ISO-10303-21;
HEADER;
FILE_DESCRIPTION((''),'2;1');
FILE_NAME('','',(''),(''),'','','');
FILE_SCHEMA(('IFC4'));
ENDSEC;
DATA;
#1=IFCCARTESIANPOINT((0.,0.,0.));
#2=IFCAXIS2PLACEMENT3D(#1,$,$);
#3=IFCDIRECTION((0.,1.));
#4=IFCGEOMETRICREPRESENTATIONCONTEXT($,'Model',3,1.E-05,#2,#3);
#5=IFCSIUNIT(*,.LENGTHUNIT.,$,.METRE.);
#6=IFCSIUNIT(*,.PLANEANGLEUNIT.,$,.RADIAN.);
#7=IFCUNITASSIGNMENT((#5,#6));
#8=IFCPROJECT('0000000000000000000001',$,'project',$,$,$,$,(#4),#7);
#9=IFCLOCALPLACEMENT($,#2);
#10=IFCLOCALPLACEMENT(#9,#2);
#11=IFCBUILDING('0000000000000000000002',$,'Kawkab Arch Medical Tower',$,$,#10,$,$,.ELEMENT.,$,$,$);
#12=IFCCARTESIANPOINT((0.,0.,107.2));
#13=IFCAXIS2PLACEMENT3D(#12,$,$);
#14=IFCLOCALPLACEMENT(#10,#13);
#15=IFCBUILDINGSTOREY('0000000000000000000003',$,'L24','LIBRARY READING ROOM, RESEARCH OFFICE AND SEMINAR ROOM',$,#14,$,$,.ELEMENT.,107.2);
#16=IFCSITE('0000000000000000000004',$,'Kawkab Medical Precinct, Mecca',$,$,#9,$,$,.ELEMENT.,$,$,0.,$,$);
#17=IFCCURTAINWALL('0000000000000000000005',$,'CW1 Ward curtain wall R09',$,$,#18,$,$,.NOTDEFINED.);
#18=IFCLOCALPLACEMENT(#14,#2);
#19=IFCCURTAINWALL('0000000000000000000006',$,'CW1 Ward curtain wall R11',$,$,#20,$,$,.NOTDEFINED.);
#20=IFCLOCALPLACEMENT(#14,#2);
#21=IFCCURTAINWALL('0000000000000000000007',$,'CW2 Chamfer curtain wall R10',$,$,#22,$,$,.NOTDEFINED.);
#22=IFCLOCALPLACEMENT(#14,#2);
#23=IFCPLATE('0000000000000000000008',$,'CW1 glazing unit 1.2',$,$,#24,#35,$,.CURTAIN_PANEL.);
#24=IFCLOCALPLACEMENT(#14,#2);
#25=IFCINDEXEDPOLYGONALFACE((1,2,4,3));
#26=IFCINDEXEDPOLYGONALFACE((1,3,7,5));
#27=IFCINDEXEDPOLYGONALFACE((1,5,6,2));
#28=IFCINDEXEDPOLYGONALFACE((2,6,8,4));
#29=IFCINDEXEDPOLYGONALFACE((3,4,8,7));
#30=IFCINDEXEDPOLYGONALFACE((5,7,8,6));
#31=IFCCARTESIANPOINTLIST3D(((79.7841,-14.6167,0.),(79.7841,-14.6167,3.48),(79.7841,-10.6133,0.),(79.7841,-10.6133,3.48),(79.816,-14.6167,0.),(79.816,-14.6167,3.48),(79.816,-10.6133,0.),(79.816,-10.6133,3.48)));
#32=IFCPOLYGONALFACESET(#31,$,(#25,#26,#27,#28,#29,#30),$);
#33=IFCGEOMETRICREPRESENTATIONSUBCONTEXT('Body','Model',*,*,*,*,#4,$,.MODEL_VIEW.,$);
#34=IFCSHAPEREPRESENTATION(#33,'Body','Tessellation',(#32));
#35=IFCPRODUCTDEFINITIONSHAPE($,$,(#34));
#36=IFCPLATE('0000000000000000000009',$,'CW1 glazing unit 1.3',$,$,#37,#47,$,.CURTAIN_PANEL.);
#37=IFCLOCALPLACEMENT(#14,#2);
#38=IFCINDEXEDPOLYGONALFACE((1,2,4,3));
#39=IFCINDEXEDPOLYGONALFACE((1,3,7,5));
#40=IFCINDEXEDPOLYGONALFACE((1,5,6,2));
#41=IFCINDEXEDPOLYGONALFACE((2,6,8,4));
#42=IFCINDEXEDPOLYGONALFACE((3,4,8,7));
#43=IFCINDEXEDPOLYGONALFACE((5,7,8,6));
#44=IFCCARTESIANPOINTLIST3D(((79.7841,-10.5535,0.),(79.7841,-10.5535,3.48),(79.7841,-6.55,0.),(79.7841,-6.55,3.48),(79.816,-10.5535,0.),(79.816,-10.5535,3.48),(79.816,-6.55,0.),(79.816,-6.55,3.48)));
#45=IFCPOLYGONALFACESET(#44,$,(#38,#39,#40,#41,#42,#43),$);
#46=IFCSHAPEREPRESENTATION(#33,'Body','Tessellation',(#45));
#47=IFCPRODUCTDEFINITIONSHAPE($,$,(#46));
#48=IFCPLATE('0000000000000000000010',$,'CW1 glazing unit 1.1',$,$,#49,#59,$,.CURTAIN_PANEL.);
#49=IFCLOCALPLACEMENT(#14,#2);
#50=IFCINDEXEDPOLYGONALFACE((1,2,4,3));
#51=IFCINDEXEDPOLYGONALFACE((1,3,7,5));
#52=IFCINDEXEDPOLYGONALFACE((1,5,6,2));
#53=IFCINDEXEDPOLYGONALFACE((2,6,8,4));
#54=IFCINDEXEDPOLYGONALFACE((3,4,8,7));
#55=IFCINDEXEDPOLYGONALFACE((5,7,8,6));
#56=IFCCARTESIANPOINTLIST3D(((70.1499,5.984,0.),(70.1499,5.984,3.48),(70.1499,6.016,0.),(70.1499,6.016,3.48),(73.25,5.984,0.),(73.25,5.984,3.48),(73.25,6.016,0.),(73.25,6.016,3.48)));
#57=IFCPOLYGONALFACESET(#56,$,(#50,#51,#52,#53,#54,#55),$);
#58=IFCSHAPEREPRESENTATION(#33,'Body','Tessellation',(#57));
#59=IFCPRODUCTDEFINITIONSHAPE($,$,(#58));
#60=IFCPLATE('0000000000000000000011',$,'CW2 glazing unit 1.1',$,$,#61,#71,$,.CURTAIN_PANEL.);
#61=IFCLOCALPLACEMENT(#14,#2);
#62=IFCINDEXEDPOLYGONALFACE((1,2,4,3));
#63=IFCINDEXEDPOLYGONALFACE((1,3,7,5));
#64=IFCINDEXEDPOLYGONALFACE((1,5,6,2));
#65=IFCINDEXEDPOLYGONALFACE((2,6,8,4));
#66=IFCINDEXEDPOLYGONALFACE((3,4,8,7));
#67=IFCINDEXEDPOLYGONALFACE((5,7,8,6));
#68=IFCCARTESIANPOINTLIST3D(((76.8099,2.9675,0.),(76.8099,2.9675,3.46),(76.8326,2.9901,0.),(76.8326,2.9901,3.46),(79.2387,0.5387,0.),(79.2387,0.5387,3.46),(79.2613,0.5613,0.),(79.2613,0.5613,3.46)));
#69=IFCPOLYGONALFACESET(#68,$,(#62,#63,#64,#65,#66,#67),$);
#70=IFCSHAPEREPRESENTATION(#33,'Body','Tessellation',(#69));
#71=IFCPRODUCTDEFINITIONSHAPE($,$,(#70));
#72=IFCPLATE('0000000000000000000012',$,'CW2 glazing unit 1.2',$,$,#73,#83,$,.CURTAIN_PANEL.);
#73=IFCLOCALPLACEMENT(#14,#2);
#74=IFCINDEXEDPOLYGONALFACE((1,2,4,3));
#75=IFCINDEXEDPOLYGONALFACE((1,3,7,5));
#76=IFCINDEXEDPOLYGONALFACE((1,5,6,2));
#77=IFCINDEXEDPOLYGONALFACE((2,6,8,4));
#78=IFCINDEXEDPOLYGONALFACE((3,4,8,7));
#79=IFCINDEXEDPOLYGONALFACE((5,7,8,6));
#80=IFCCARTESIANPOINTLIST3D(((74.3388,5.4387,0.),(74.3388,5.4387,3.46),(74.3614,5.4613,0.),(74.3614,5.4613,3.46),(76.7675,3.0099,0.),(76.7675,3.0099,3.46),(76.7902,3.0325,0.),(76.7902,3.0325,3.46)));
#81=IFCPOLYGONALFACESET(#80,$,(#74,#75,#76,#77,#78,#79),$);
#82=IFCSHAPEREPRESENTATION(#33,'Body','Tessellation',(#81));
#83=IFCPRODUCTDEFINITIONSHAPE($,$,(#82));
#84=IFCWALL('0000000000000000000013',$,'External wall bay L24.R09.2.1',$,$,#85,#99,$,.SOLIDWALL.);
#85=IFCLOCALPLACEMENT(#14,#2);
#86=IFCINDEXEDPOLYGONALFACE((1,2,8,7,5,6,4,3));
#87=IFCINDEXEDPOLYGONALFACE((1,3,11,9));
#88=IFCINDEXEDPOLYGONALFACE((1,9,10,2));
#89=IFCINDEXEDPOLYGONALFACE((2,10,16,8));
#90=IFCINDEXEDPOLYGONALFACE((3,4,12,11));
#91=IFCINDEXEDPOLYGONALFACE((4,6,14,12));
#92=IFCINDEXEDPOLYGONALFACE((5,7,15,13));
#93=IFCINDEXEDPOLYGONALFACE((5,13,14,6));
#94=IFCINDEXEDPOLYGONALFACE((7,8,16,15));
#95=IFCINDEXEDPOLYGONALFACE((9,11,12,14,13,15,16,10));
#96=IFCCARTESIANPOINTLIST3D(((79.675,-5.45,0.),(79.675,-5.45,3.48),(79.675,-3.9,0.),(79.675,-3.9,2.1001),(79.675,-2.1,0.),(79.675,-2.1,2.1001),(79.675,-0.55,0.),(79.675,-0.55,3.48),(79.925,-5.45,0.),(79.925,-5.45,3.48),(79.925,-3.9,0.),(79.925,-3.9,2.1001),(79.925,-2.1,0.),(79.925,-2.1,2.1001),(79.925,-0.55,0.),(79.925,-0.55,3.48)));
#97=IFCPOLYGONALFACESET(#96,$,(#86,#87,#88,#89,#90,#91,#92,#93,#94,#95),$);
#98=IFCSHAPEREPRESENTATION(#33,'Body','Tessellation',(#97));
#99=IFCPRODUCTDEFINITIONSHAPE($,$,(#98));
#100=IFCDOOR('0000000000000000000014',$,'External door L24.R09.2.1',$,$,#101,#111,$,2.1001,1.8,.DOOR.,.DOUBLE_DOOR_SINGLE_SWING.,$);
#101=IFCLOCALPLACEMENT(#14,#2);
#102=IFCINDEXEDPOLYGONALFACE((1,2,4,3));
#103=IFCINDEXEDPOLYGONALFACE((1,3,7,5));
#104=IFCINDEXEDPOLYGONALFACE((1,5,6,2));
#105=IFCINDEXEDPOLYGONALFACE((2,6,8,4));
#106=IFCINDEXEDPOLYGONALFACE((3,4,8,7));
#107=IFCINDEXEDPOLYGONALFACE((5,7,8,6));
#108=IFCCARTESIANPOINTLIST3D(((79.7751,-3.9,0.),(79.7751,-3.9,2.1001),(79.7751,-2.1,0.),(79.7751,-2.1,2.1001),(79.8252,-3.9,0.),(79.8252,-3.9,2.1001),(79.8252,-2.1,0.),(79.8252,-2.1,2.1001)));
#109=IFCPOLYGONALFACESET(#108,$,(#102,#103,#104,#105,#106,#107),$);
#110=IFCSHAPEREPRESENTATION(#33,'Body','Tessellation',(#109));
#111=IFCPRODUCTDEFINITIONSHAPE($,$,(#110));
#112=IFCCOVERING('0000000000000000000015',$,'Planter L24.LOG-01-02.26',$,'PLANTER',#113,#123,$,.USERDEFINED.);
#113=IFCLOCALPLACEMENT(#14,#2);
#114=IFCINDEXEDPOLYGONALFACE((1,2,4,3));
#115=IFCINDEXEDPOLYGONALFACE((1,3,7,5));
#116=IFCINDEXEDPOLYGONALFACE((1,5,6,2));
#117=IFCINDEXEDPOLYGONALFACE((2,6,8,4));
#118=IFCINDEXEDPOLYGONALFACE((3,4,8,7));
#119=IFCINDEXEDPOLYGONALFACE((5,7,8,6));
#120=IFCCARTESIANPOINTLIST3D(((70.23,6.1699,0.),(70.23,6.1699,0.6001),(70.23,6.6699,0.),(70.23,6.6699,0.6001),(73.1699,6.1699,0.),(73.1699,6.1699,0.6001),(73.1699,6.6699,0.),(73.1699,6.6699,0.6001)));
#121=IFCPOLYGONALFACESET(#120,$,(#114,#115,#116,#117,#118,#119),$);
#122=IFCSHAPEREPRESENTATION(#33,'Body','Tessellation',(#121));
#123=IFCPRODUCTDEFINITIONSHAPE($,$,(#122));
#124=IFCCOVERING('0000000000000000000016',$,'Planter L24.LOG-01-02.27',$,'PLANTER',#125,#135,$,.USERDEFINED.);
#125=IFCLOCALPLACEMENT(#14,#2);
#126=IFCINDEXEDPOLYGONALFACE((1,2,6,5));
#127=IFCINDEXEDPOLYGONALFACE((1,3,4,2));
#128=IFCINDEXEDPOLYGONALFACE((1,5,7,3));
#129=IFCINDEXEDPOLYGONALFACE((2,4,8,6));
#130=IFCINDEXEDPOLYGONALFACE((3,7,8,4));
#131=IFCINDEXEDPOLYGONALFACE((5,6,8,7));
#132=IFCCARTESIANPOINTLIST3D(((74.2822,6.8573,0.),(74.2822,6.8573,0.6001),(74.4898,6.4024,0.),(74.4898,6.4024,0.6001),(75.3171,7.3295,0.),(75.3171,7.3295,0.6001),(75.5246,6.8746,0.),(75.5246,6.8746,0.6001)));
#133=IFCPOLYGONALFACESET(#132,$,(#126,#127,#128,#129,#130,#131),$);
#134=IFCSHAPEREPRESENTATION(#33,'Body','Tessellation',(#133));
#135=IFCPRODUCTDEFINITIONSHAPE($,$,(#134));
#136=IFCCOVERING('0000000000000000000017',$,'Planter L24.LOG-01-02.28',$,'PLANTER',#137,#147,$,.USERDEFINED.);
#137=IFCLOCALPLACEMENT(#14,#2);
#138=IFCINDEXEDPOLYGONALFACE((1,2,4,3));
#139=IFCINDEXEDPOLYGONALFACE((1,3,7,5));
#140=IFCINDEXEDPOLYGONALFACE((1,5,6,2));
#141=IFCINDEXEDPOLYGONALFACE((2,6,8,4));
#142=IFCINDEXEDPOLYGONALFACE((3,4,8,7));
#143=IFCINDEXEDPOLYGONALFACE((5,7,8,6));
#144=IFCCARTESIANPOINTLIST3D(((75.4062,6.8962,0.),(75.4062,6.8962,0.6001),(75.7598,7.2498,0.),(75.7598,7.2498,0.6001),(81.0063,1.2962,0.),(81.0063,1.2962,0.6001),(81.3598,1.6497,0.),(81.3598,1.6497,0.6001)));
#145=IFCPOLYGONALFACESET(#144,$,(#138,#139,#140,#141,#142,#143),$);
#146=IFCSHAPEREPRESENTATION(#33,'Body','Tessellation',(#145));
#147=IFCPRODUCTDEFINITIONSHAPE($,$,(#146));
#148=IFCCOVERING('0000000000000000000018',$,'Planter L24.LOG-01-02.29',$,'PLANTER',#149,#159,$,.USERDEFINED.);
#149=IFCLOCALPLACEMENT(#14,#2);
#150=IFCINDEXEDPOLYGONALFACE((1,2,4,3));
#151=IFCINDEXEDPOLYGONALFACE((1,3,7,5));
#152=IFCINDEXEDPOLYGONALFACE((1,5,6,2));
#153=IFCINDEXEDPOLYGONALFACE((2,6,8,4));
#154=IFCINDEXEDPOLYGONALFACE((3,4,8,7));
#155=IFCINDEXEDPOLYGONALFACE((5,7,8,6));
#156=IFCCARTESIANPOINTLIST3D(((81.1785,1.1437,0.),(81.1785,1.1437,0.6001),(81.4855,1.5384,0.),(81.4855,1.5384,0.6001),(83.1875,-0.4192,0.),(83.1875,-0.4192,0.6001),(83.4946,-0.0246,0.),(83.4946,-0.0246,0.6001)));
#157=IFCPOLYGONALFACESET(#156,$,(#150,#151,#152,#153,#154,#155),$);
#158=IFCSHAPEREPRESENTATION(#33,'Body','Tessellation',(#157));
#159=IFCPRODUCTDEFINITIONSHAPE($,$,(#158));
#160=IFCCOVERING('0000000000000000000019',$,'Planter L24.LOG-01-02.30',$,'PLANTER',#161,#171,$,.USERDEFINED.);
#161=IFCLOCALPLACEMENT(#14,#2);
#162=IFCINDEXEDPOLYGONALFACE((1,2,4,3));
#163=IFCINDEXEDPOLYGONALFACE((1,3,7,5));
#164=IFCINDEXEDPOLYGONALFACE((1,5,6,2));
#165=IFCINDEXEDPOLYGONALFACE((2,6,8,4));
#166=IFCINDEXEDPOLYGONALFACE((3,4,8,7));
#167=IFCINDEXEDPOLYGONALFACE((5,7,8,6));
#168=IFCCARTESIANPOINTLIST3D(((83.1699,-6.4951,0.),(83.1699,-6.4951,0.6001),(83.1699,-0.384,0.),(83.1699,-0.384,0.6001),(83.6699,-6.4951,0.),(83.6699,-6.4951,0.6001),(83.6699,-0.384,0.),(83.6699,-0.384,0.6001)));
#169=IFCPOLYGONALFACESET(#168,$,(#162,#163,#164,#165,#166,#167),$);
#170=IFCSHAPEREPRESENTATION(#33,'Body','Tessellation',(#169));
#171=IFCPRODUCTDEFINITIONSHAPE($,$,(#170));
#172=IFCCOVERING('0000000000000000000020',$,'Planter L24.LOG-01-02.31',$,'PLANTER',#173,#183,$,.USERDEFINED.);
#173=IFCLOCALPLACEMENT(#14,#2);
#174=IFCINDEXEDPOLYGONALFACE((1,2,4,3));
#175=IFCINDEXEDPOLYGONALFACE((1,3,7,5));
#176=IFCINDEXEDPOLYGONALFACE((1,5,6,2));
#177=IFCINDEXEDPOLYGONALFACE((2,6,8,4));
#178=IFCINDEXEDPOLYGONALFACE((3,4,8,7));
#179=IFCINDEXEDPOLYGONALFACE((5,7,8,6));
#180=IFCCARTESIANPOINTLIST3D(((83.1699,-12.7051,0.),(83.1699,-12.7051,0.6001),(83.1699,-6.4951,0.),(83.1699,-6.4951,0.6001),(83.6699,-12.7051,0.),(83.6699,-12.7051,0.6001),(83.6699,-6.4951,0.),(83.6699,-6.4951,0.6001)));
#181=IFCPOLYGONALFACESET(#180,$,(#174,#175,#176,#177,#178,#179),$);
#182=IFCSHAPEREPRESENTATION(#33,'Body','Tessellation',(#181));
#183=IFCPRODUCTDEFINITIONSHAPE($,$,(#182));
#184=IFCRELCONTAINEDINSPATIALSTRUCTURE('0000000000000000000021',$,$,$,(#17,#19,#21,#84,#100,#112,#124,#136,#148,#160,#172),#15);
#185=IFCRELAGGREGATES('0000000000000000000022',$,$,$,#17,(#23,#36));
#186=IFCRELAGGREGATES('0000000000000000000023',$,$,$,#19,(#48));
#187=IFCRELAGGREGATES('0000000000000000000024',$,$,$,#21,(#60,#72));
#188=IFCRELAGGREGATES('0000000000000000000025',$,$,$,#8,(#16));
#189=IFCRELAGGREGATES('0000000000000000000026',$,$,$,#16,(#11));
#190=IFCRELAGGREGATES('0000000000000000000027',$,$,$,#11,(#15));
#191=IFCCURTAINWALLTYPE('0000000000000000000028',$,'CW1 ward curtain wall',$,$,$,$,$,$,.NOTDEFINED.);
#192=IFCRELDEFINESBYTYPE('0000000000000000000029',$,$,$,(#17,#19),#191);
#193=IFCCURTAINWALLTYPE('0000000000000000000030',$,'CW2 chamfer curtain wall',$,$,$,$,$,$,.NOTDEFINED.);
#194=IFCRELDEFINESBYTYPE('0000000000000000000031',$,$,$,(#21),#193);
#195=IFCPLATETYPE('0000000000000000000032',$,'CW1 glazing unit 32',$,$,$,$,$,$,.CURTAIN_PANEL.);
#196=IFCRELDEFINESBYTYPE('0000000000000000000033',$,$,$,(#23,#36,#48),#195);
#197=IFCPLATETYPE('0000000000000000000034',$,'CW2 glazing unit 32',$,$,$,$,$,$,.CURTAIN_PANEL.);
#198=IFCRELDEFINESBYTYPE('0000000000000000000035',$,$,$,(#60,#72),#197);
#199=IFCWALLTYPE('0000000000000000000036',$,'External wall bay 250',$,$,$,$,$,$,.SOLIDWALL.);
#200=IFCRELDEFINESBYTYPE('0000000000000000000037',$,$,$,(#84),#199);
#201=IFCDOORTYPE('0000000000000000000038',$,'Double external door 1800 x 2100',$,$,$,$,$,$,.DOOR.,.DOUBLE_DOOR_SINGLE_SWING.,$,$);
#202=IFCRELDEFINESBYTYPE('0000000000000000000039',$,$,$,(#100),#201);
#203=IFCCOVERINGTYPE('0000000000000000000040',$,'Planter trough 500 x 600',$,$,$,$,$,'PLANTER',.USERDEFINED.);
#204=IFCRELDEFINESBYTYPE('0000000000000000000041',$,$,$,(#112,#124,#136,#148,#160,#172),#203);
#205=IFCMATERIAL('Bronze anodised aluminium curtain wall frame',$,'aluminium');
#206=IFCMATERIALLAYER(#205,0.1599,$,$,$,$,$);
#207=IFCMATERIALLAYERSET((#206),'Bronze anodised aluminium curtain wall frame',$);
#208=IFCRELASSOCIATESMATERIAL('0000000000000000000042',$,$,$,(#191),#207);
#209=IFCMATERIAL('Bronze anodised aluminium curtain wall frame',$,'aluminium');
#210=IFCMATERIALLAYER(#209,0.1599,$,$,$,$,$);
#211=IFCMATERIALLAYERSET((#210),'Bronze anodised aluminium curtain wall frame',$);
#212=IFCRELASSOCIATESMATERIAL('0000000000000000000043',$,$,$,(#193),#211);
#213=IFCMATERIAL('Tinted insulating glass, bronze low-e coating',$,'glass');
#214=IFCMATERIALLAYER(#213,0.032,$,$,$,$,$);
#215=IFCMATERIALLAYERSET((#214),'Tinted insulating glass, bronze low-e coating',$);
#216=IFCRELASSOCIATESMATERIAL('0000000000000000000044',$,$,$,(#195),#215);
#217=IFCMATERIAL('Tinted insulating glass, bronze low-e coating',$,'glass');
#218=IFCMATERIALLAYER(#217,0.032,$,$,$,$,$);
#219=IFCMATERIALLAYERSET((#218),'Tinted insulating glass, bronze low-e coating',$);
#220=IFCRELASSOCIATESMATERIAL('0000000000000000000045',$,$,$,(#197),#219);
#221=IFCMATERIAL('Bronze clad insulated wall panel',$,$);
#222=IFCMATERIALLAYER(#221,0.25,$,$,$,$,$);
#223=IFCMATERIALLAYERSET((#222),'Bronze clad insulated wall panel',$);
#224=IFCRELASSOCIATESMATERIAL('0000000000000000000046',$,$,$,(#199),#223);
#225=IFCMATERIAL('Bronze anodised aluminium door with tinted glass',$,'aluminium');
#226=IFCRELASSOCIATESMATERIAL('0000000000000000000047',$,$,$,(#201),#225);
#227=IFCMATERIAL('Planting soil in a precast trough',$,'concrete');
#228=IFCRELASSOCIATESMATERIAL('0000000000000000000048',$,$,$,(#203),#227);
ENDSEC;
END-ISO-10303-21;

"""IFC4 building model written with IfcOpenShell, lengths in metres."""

from ifc_helpers import new_model, si_unit, direction, frame, frame_2d, origin, origin_2d, place, context, subcontext, project, spatial, rectangle, extrude, material, layer, layer_set, material_profile, profile_set, type_object, element, fill, aggregate, save


model = new_model("IFC4")

# Units and contexts
model_context = context("Model", 3, precision=1e-05, world=origin(), true_north=direction((0.0, 1.0)))
body_context = subcontext(model_context, "Body", "Model", "MODEL_VIEW")
ifc_project = project(units=[si_unit("LENGTHUNIT", "METRE"), si_unit("PLANEANGLEUNIT", "RADIAN")], contexts=[model_context])

# Site, building, storey
site_placement = place(None, origin())
site = spatial("IfcSite", under=ifc_project, at=site_placement, Name="Kawkab Medical Precinct, Mecca", CompositionType="ELEMENT", RefElevation=0.0)
building_placement = place(site_placement, origin())
building = spatial("IfcBuilding", under=site, at=building_placement, Name="Kawkab Arch Medical Tower", CompositionType="ELEMENT")
storey_placement = place(building_placement, frame((0.0, 0.0, 107.2)))
storey = spatial("IfcBuildingStorey", under=building, at=storey_placement, Name="L24", Description="LIBRARY READING ROOM, RESEARCH OFFICE AND SEMINAR ROOM", CompositionType="ELEMENT", Elevation=107.2)

# Curtain wall
ifc_material_1 = material(Name="Bronze anodised aluminium curtain wall frame", Category="aluminium")
ifc_layer_1 = layer(ifc_material_1, 0.1599)
ifc_layer_set_1 = layer_set([ifc_layer_1], Name="Bronze anodised aluminium curtain wall frame")
curtain_wall_type_1 = type_object("IfcCurtainWallType", Name="CW1 ward curtain wall", PredefinedType="NOTDEFINED", material=ifc_layer_set_1)
placement = place(storey_placement, origin())
curtain_wall_1 = element("IfcCurtainWall", 1, at=placement, inside=storey, type_object=curtain_wall_type_1, Name="CW1 Ward curtain wall R09", PredefinedType="NOTDEFINED")

# Curtain walls
curtain_wall_2 = element("IfcCurtainWall", 2, at=placement, inside=storey, type_object=curtain_wall_type_1, Name="CW1 Ward curtain wall R11", PredefinedType="NOTDEFINED")
ifc_material_2 = material(Name="Bronze anodised aluminium curtain wall frame", Category="aluminium")
ifc_layer_2 = layer(ifc_material_2, 0.1599)
ifc_layer_set_2 = layer_set([ifc_layer_2], Name="Bronze anodised aluminium curtain wall frame")
curtain_wall_type_2 = type_object("IfcCurtainWallType", Name="CW2 chamfer curtain wall", PredefinedType="NOTDEFINED", material=ifc_layer_set_2)
curtain_wall_3 = element("IfcCurtainWall", 3, at=placement, inside=storey, type_object=curtain_wall_type_2, Name="CW2 Chamfer curtain wall R10", PredefinedType="NOTDEFINED")

# Plates
ifc_material_3 = material(Name="Tinted insulating glass, bronze low-e coating", Category="glass")
ifc_layer_3 = layer(ifc_material_3, 0.032)
ifc_layer_set_3 = layer_set([ifc_layer_3], Name="Tinted insulating glass, bronze low-e coating")
plate_type_1 = type_object("IfcPlateType", Name="CW1 glazing unit 32", PredefinedType="CURTAIN_PANEL", material=ifc_layer_set_3)
plate_1_placement = place(storey_placement, frame((79.8, -12.615, 0.0), z_axis=(0.0, 0.0, 1.0), x_axis=(0.0, 1.0, 0.0)))
plate_1 = element("IfcPlate", 4, at=plate_1_placement, type_object=plate_type_1, Name="CW1 glazing unit 1.2", PredefinedType="CURTAIN_PANEL", context=body_context, shape_type="SweptSolid", body=[
    extrude(rectangle(XDim=4.0034, YDim=0.032, at=origin_2d()), origin(), (0.0, 0.0, 1.0), 3.48),
])
plate_2_placement = place(storey_placement, frame((79.8, -8.5518, 0.0), z_axis=(0.0, 0.0, 1.0), x_axis=(0.0, 1.0, 0.0)))
plate_2 = element("IfcPlate", 5, at=plate_2_placement, type_object=plate_type_1, Name="CW1 glazing unit 1.3", PredefinedType="CURTAIN_PANEL", context=body_context, shape_type="SweptSolid", body=[
    extrude(rectangle(XDim=4.0034, YDim=0.032, at=origin_2d()), origin(), (0.0, 0.0, 1.0), 3.48),
])
aggregate(curtain_wall_1, [plate_1, plate_2])
plate_3_placement = place(storey_placement, frame((71.7, 6.0, 0.0), z_axis=(0.0, 0.0, 1.0), x_axis=(-1.0, 0.0, 0.0)))
plate_3 = element("IfcPlate", 6, at=plate_3_placement, type_object=plate_type_1, Name="CW1 glazing unit 1.1", PredefinedType="CURTAIN_PANEL", context=body_context, shape_type="SweptSolid", body=[
    extrude(rectangle(XDim=3.1001, YDim=0.032, at=origin_2d()), origin(), (0.0, 0.0, 1.0), 3.48),
])
aggregate(curtain_wall_2, [plate_3])
ifc_material_4 = material(Name="Tinted insulating glass, bronze low-e coating", Category="glass")
ifc_layer_4 = layer(ifc_material_4, 0.032)
ifc_layer_set_4 = layer_set([ifc_layer_4], Name="Tinted insulating glass, bronze low-e coating")
plate_type_2 = type_object("IfcPlateType", Name="CW2 glazing unit 32", PredefinedType="CURTAIN_PANEL", material=ifc_layer_set_4)
plate_4_placement = place(storey_placement, frame((78.0356, 1.7644, 0.0), z_axis=(0.0, 0.0, 1.0), x_axis=(-0.707107, 0.707107, 0.0)))
plate_4 = element("IfcPlate", 7, at=plate_4_placement, type_object=plate_type_2, Name="CW2 glazing unit 1.1", PredefinedType="CURTAIN_PANEL", context=body_context, shape_type="SweptSolid", body=[
    extrude(rectangle(XDim=3.4348, YDim=0.032, at=origin_2d()), origin(), (0.0, 0.0, 1.0), 3.46),
])
plate_5_placement = place(storey_placement, frame((75.5645, 4.2356, 0.0), z_axis=(0.0, 0.0, 1.0), x_axis=(-0.707107, 0.707107, 0.0)))
plate_5 = element("IfcPlate", 8, at=plate_5_placement, type_object=plate_type_2, Name="CW2 glazing unit 1.2", PredefinedType="CURTAIN_PANEL", context=body_context, shape_type="SweptSolid", body=[
    extrude(rectangle(XDim=3.4348, YDim=0.032, at=origin_2d()), origin(), (0.0, 0.0, 1.0), 3.46),
])
aggregate(curtain_wall_3, [plate_4, plate_5])

# Wall, opening, door
ifc_material_5 = material(Name="Bronze clad insulated wall panel")
ifc_layer_5 = layer(ifc_material_5, 0.25)
ifc_layer_set_5 = layer_set([ifc_layer_5], Name="Bronze clad insulated wall panel")
wall_type = type_object("IfcWallType", Name="External wall bay 250", PredefinedType="SOLIDWALL", material=ifc_layer_set_5)
wall_placement = place(storey_placement, frame((79.8, -5.45, 0.0), z_axis=(0.0, 0.0, 1.0), x_axis=(0.0, 1.0, 0.0)))
wall = element("IfcWall", 9, at=wall_placement, inside=storey, type_object=wall_type, Name="External wall bay L24.R09.2.1", PredefinedType="SOLIDWALL", context=body_context, shape_type="SweptSolid", body=[
    extrude(rectangle(XDim=4.8999, YDim=0.25, at=frame_2d((2.45, 0.0))), origin(), (0.0, 0.0, 1.0), 3.48),
])
opening_placement = place(wall_placement, frame((1.55, 0.0, 0.0)))
opening = element("IfcOpeningElement", 10, at=opening_placement, cuts=wall, PredefinedType="OPENING", context=body_context, shape_type="SweptSolid", body=[
    extrude(rectangle(XDim=1.8, YDim=2.1001, at=frame_2d((0.8999, 1.05))), frame((0.0, 0.135, 0.0), z_axis=(0.0, -1.0, 0.0), x_axis=(1.0, 0.0, 0.0)), (0.0, 0.0, 1.0), 0.27),
])
ifc_material_6 = material(Name="Bronze anodised aluminium door with tinted glass", Category="aluminium")
door_type = type_object("IfcDoorType", Name="Double external door 1800 x 2100", OperationType="DOUBLE_DOOR_SINGLE_SWING", PredefinedType="DOOR", material=ifc_material_6)
door_placement = place(opening_placement, origin())
door = element("IfcDoor", 11, at=door_placement, inside=storey, type_object=door_type, Name="External door L24.R09.2.1", OperationType="DOUBLE_DOOR_SINGLE_SWING", OverallHeight=2.1001, OverallWidth=1.8, PredefinedType="DOOR", context=body_context, shape_type="SweptSolid", body=[
    extrude(rectangle(XDim=1.8, YDim=2.1001, at=frame_2d((0.8999, 1.05))), frame((0.0, 0.0249, 0.0), z_axis=(0.0, -1.0, 0.0), x_axis=(1.0, 0.0, 0.0)), (0.0, 0.0, 1.0), 0.05),
])
fill(opening, door)

# Coverings
ifc_material_7 = material(Name="Planting soil in a precast trough", Category="concrete")
ifc_material_profile_1 = material_profile(ifc_material_7, rectangle(XDim=0.5, YDim=0.6001, at=origin_2d()), Name="Trough 500x600")
ifc_profile_set_1 = profile_set([ifc_material_profile_1], Name="Planting soil in a precast trough")
covering_type = type_object("IfcCoveringType", Name="Planter trough 500 x 600", ElementType="PLANTER", PredefinedType="USERDEFINED", material=ifc_profile_set_1)
covering_1_placement = place(storey_placement, frame((70.23, 6.4199, 0.3), z_axis=(1.0, 0.0, 0.0), x_axis=(0.0, 1.0, 0.0)))
element("IfcCovering", 12, at=covering_1_placement, inside=storey, type_object=covering_type, Name="Planter L24.LOG-01-02.26", ObjectType="PLANTER", PredefinedType="USERDEFINED", context=body_context, shape_type="SweptSolid", body=[
    extrude(rectangle(XDim=0.5, YDim=0.6001, at=origin_2d()), origin(), (0.0, 0.0, 1.0), 2.9399),
])
covering_2_placement = place(storey_placement, frame((74.386, 6.6299, 0.3), z_axis=(0.909785, 0.41508, 0.0), x_axis=(-0.41508, 0.909785, 0.0)))
element("IfcCovering", 13, at=covering_2_placement, inside=storey, type_object=covering_type, Name="Planter L24.LOG-01-02.27", ObjectType="PLANTER", PredefinedType="USERDEFINED", context=body_context, shape_type="SweptSolid", body=[
    extrude(rectangle(XDim=0.5, YDim=0.6001, at=origin_2d()), origin(), (0.0, 0.0, 1.0), 1.1375),
])
covering_3_placement = place(storey_placement, frame((75.583, 7.073, 0.3), z_axis=(0.707107, -0.707107, 0.0), x_axis=(0.707107, 0.707107, 0.0)))
element("IfcCovering", 14, at=covering_3_placement, inside=storey, type_object=covering_type, Name="Planter L24.LOG-01-02.28", ObjectType="PLANTER", PredefinedType="USERDEFINED", context=body_context, shape_type="SweptSolid", body=[
    extrude(rectangle(XDim=0.5, YDim=0.6001, at=origin_2d()), origin(), (0.0, 0.0, 1.0), 7.9197),
])
covering_4_placement = place(storey_placement, frame((81.332, 1.3411, 0.3), z_axis=(0.789275, -0.61404, 0.0), x_axis=(0.61404, 0.789275, 0.0)))
element("IfcCovering", 15, at=covering_4_placement, inside=storey, type_object=covering_type, Name="Planter L24.LOG-01-02.29", ObjectType="PLANTER", PredefinedType="USERDEFINED", context=body_context, shape_type="SweptSolid", body=[
    extrude(rectangle(XDim=0.5, YDim=0.6001, at=origin_2d()), origin(), (0.0, 0.0, 1.0), 2.5454),
])
covering_5_placement = place(storey_placement, frame((83.4199, -0.384, 0.3), z_axis=(0.0, -1.0, 0.0), x_axis=(1.0, 0.0, 0.0)))
element("IfcCovering", 16, at=covering_5_placement, inside=storey, type_object=covering_type, Name="Planter L24.LOG-01-02.30", ObjectType="PLANTER", PredefinedType="USERDEFINED", context=body_context, shape_type="SweptSolid", body=[
    extrude(rectangle(XDim=0.5, YDim=0.6001, at=origin_2d()), origin(), (0.0, 0.0, 1.0), 6.1111),
])
covering_6_placement = place(storey_placement, frame((83.4199, -6.4951, 0.3), z_axis=(0.0, -1.0, 0.0), x_axis=(1.0, 0.0, 0.0)))
element("IfcCovering", 17, at=covering_6_placement, inside=storey, type_object=covering_type, Name="Planter L24.LOG-01-02.31", ObjectType="PLANTER", PredefinedType="USERDEFINED", context=body_context, shape_type="SweptSolid", body=[
    extrude(rectangle(XDim=0.5, YDim=0.6001, at=origin_2d()), origin(), (0.0, 0.0, 1.0), 6.21),
])

save(model, "model.ifc")
